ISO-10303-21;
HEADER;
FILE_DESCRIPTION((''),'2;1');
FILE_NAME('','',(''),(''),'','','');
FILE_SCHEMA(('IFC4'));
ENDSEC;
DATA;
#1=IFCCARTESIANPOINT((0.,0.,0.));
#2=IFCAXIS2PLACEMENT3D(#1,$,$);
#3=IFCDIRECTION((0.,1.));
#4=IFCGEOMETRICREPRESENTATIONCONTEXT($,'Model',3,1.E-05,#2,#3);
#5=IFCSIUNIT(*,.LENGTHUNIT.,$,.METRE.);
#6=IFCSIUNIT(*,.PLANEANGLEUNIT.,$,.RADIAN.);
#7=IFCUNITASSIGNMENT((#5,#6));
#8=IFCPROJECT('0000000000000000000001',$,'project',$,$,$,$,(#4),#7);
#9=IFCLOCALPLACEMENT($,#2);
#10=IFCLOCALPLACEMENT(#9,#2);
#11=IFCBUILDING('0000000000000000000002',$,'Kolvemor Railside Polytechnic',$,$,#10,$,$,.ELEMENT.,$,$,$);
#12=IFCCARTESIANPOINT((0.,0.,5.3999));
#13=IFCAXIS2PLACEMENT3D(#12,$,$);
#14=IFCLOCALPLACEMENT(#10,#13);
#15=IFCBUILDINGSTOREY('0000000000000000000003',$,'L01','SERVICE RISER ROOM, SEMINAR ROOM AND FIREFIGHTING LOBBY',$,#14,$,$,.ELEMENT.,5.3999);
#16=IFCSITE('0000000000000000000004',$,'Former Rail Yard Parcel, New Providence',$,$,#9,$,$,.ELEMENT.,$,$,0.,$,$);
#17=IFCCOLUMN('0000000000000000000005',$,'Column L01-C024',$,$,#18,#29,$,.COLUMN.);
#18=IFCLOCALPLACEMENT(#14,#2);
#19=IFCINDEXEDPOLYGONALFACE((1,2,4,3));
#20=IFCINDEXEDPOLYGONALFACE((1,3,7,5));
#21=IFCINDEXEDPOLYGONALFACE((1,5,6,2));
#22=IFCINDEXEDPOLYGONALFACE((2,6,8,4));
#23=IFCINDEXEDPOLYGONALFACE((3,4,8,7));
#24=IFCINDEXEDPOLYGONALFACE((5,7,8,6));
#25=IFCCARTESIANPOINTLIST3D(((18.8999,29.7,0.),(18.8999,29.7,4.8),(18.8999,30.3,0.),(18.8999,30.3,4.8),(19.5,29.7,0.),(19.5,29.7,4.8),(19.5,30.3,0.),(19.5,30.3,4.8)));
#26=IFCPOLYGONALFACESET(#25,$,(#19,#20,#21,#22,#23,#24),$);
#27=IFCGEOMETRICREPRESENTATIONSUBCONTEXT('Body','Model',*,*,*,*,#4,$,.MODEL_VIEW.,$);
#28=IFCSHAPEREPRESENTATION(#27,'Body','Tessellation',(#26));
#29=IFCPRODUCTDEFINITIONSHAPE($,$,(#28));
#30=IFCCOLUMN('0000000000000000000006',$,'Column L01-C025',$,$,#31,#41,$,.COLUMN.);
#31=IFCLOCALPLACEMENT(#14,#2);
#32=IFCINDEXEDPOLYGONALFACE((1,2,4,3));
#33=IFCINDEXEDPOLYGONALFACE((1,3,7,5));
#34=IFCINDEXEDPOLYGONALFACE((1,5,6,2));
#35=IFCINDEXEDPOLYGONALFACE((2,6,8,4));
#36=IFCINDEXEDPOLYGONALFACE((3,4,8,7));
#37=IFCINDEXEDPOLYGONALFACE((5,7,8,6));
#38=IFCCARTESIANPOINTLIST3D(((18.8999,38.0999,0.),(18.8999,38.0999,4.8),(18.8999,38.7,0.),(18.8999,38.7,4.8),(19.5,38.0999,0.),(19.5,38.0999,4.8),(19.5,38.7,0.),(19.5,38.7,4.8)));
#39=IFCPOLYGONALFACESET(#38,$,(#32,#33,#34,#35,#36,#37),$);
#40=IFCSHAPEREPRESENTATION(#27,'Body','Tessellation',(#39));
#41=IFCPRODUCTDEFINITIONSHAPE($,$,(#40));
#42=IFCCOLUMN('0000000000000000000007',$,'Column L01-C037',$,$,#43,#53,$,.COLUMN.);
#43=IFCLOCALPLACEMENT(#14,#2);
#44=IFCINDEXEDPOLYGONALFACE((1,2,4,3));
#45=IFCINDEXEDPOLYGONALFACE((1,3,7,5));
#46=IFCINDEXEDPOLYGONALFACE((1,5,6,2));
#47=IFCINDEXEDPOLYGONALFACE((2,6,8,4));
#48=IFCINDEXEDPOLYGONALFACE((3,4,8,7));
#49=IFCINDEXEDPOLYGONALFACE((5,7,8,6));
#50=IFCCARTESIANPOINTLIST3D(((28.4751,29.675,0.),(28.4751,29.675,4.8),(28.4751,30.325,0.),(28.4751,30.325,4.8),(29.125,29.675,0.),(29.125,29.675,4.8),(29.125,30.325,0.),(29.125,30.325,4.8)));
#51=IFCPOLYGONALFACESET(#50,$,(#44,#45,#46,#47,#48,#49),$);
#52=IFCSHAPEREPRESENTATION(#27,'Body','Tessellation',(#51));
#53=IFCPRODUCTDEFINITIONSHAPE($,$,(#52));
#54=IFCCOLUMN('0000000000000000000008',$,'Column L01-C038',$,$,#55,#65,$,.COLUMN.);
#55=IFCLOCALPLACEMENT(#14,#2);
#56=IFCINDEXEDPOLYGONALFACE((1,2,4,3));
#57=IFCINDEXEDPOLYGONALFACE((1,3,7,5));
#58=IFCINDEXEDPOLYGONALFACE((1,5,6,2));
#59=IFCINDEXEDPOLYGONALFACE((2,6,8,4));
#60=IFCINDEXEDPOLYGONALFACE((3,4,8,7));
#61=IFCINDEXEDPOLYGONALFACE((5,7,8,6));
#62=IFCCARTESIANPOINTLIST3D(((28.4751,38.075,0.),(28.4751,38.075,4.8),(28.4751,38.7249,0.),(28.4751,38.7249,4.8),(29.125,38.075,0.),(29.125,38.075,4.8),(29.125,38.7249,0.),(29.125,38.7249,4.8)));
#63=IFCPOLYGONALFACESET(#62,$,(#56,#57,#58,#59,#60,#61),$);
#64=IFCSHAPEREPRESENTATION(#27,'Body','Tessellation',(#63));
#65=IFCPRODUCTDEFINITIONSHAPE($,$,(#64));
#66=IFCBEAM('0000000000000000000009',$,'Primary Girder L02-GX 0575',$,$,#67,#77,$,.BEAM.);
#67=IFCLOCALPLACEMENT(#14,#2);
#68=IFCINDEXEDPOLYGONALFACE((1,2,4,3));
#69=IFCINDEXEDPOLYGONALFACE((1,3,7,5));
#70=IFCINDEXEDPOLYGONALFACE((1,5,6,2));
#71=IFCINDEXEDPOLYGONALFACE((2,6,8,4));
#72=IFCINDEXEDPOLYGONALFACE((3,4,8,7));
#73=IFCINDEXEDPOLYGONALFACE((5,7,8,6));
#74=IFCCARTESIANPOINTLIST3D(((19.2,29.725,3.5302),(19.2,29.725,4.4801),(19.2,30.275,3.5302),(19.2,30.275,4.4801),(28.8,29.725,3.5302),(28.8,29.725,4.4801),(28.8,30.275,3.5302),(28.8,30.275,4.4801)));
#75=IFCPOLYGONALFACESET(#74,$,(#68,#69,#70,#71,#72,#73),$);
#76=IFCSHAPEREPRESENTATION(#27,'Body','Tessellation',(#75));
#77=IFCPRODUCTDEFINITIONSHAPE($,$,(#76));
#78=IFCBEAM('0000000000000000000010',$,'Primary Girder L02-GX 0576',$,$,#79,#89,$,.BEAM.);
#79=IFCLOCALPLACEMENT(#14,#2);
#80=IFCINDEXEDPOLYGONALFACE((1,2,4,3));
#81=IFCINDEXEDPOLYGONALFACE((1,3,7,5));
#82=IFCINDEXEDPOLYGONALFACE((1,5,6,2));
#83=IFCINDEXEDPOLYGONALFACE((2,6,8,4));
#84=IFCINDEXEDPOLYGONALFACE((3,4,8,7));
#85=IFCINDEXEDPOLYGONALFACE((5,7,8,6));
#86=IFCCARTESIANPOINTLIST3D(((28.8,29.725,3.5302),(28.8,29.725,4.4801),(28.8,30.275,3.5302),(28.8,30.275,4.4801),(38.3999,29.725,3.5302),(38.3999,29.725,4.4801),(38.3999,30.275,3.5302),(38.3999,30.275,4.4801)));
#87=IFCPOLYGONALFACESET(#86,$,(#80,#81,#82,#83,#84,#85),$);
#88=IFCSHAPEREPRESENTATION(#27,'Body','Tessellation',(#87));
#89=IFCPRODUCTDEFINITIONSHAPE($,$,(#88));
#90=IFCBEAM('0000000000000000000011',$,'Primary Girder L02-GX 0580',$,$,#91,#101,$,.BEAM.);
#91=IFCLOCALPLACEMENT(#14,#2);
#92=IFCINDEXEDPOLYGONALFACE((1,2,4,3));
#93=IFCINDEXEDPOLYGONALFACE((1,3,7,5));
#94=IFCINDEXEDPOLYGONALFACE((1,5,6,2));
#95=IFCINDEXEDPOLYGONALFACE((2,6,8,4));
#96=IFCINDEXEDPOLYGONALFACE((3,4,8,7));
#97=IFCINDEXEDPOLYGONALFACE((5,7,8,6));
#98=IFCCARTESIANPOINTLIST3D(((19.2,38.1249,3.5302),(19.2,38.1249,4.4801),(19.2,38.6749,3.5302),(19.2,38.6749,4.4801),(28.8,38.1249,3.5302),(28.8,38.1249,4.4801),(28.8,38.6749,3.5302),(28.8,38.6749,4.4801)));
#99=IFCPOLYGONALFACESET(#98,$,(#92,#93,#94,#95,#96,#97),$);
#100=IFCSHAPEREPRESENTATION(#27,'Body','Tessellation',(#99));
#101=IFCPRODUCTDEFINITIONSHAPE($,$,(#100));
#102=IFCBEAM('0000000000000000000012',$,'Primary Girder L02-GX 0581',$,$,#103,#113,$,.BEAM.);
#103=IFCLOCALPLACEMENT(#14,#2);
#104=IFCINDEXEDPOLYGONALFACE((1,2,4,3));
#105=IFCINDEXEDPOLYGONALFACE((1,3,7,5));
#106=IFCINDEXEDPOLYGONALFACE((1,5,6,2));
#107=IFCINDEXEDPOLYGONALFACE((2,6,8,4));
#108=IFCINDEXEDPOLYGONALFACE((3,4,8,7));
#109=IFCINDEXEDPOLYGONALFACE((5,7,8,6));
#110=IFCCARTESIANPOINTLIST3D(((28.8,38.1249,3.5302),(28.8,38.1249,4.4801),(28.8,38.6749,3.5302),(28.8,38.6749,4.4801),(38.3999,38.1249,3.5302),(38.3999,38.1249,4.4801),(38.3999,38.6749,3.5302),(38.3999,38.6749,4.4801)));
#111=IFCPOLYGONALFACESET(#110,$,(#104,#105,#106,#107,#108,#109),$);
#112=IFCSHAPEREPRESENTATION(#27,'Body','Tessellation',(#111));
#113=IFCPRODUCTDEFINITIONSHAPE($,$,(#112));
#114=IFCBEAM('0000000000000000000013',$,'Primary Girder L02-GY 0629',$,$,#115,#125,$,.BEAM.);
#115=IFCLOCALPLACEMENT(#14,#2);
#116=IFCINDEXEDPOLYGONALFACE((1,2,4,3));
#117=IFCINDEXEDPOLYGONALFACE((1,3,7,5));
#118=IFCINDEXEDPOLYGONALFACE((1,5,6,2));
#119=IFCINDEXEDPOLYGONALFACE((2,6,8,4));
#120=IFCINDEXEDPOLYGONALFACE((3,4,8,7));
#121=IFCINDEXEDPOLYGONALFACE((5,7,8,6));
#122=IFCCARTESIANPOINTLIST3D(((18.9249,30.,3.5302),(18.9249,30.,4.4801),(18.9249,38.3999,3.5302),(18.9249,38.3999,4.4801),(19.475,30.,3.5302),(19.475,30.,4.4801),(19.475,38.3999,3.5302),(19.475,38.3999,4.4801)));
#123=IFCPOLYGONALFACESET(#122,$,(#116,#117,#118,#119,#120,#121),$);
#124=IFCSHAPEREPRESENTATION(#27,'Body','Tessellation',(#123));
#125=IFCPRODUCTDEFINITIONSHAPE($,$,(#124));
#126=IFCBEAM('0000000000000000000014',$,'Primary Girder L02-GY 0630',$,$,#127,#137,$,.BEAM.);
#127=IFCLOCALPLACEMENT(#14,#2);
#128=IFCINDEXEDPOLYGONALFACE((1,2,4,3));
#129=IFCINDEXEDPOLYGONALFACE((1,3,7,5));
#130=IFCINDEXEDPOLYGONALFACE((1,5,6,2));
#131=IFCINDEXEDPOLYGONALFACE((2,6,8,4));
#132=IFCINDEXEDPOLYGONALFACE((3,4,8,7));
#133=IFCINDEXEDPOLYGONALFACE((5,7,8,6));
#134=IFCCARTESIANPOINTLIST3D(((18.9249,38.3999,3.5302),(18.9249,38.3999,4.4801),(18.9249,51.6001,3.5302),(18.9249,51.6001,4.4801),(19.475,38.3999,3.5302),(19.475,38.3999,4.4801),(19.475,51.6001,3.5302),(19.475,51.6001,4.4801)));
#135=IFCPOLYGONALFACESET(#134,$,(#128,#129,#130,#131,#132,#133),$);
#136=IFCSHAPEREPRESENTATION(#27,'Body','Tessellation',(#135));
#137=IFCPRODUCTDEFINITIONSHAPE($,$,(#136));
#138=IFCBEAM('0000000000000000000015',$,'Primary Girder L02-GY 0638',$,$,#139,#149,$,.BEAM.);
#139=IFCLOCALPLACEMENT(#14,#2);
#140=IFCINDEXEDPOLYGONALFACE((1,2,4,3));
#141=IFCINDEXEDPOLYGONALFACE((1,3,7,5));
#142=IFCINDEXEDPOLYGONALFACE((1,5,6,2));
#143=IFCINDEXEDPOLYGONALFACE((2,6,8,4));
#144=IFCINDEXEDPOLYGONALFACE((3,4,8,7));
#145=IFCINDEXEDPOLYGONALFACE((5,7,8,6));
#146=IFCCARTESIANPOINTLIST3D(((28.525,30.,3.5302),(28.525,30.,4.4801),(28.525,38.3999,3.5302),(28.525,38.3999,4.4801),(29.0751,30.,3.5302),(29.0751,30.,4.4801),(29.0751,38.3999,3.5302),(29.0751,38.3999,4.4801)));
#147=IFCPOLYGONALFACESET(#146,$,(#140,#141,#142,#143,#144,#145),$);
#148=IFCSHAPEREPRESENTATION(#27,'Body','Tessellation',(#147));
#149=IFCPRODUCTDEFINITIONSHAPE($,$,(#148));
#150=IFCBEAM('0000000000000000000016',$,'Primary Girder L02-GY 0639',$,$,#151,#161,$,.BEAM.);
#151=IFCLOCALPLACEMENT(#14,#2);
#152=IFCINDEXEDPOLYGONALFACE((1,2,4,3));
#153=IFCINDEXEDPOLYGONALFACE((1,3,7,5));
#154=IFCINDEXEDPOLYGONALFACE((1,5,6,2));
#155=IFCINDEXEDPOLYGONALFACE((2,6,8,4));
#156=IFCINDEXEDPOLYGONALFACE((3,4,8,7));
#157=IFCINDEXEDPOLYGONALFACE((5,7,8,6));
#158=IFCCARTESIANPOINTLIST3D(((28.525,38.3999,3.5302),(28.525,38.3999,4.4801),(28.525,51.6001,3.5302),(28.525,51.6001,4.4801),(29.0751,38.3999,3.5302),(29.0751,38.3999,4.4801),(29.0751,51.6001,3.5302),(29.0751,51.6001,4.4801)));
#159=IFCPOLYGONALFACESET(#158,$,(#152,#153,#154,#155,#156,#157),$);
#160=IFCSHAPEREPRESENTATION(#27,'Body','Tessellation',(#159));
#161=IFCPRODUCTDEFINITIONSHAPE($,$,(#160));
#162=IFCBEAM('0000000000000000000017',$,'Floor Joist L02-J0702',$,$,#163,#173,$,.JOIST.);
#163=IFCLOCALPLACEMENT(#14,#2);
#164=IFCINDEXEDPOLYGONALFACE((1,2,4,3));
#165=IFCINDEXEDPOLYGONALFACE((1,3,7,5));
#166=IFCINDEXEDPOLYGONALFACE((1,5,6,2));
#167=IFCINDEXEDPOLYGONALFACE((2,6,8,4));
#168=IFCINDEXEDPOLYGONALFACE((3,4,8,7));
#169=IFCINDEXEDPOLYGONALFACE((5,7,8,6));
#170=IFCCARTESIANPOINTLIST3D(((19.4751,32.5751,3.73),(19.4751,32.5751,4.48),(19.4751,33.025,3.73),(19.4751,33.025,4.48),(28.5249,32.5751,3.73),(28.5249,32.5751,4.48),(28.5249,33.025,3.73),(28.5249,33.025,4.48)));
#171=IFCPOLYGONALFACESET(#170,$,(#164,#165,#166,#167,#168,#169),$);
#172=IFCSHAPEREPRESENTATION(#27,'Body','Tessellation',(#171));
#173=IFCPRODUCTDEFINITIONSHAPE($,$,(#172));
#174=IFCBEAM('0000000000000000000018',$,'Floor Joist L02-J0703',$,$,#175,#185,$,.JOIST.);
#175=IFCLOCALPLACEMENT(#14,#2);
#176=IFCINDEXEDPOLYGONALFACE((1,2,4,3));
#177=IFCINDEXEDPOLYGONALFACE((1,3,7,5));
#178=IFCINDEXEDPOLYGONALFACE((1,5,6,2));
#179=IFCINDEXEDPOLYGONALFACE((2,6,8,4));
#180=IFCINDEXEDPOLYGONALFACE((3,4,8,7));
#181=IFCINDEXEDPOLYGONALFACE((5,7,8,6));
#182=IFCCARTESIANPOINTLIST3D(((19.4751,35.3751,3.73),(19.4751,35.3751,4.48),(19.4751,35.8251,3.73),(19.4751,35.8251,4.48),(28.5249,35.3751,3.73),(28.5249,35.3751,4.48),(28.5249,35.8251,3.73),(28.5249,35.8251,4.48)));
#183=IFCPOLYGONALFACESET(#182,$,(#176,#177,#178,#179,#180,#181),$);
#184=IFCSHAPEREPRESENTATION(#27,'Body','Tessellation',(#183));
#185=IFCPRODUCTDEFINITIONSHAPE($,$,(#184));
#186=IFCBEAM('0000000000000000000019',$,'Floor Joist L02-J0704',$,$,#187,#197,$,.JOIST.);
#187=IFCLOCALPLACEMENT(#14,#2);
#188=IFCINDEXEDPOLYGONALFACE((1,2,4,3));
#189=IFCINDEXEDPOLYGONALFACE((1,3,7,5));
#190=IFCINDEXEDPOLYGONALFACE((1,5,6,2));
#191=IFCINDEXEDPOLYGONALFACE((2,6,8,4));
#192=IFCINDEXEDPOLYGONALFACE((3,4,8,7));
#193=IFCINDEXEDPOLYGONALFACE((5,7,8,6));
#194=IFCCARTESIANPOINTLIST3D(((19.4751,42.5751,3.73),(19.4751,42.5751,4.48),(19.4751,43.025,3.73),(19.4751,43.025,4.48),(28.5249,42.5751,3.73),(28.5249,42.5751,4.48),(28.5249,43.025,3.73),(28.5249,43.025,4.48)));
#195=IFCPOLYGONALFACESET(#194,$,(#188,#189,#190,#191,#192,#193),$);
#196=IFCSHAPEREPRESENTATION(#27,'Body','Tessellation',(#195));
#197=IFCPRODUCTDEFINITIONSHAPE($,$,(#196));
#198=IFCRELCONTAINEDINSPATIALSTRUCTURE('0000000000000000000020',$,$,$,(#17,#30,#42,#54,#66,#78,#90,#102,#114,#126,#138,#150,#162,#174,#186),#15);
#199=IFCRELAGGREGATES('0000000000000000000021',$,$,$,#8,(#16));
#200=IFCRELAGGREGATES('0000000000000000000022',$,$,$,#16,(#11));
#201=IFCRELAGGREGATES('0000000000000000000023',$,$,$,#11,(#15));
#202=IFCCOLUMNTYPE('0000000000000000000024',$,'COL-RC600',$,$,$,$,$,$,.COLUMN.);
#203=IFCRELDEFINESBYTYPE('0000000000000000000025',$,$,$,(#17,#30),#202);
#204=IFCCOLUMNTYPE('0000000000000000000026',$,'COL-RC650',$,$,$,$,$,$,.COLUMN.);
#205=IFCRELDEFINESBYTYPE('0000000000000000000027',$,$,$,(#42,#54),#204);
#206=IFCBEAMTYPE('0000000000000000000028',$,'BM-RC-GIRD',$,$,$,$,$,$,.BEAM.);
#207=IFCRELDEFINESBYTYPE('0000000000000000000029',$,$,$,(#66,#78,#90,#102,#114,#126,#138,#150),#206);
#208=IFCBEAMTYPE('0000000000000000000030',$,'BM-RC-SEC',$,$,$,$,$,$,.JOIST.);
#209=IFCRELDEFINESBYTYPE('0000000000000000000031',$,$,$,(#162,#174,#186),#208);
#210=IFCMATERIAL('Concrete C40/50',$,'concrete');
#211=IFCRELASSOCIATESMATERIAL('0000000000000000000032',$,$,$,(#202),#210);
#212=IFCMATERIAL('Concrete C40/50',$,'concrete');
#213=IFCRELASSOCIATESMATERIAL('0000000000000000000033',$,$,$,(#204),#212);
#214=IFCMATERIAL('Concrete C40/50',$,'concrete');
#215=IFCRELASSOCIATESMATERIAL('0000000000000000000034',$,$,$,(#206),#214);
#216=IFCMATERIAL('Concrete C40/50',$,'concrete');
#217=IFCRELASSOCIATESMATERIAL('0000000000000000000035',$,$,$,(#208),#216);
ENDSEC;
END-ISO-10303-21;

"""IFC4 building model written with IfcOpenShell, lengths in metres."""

from ifc_helpers import new_model, si_unit, direction, frame, origin, origin_2d, place, context, subcontext, project, spatial, rectangle, extrude, material, material_profile, profile_set, type_object, element, save


model = new_model("IFC4")

# Units and contexts
model_context = context("Model", 3, precision=1e-05, world=origin(), true_north=direction((0.0, 1.0)))
body_context = subcontext(model_context, "Body", "Model", "MODEL_VIEW")
ifc_project = project(units=[si_unit("LENGTHUNIT", "METRE"), si_unit("PLANEANGLEUNIT", "RADIAN")], contexts=[model_context])

# Site, building, storey
site_placement = place(None, origin())
site = spatial("IfcSite", under=ifc_project, at=site_placement, Name="Former Rail Yard Parcel, New Providence", CompositionType="ELEMENT", RefElevation=0.0)
building_placement = place(site_placement, origin())
building = spatial("IfcBuilding", under=site, at=building_placement, Name="Kolvemor Railside Polytechnic", CompositionType="ELEMENT")
storey_placement = place(building_placement, frame((0.0, 0.0, 5.3999)))
storey = spatial("IfcBuildingStorey", under=building, at=storey_placement, Name="L01", Description="SERVICE RISER ROOM, SEMINAR ROOM AND FIREFIGHTING LOBBY", CompositionType="ELEMENT", Elevation=5.3999)

# Columns
ifc_material_1 = material(Name="Concrete C40/50", Category="concrete")
ifc_material_profile_1 = material_profile(ifc_material_1, rectangle(XDim=0.6001, YDim=0.6001, at=origin_2d()), Name="RC600x600")
ifc_profile_set_1 = profile_set([ifc_material_profile_1], Name="Concrete C40/50")
column_type_1 = type_object("IfcColumnType", Name="COL-RC600", PredefinedType="COLUMN", material=ifc_profile_set_1)
for number, where, z_axis, x_axis, name in (
    (1, (19.2, 30.0, 0.0), (0.0, 0.0, 1.0), (1.0, 0.0, 0.0), "Column L01-C024"),
    (2, (19.2, 38.3999, 0.0), (0.0, 0.0, 1.0), (1.0, 0.0, 0.0), "Column L01-C025"),
):
    element("IfcColumn", number, at=place(storey_placement, frame(where, z_axis=z_axis, x_axis=x_axis)), inside=storey, type_object=column_type_1, Name=name, PredefinedType="COLUMN", context=body_context, shape_type="SweptSolid", body=[
        extrude(rectangle(XDim=0.6001, YDim=0.6001, at=origin_2d()), origin(), (0.0, 0.0, 1.0), 4.8),
    ])
ifc_material_2 = material(Name="Concrete C40/50", Category="concrete")
ifc_material_profile_2 = material_profile(ifc_material_2, rectangle(XDim=0.6499, YDim=0.6499, at=origin_2d()), Name="RC650x650")
ifc_profile_set_2 = profile_set([ifc_material_profile_2], Name="Concrete C40/50")
column_type_2 = type_object("IfcColumnType", Name="COL-RC650", PredefinedType="COLUMN", material=ifc_profile_set_2)
for number, where, z_axis, x_axis, name in (
    (3, (28.8, 30.0, 0.0), (0.0, 0.0, 1.0), (1.0, 0.0, 0.0), "Column L01-C037"),
    (4, (28.8, 38.3999, 0.0), (0.0, 0.0, 1.0), (1.0, 0.0, 0.0), "Column L01-C038"),
):
    element("IfcColumn", number, at=place(storey_placement, frame(where, z_axis=z_axis, x_axis=x_axis)), inside=storey, type_object=column_type_2, Name=name, PredefinedType="COLUMN", context=body_context, shape_type="SweptSolid", body=[
        extrude(rectangle(XDim=0.6499, YDim=0.6499, at=origin_2d()), origin(), (0.0, 0.0, 1.0), 4.8),
    ])

# Beams
ifc_material_3 = material(Name="Concrete C40/50", Category="concrete")
ifc_material_profile_3 = material_profile(ifc_material_3, rectangle(XDim=0.55, YDim=0.95, at=origin_2d()), Name="RC550x950")
ifc_profile_set_3 = profile_set([ifc_material_profile_3], Name="Concrete C40/50")
beam_type_1 = type_object("IfcBeamType", Name="BM-RC-GIRD", PredefinedType="BEAM", material=ifc_profile_set_3)
beam_1_placement = place(storey_placement, frame((19.2, 30.0, 4.0051), z_axis=(1.0, 0.0, 0.0), x_axis=(0.0, 1.0, 0.0)))
element("IfcBeam", 5, at=beam_1_placement, inside=storey, type_object=beam_type_1, Name="Primary Girder L02-GX 0575", PredefinedType="BEAM", context=body_context, shape_type="SweptSolid", body=[
    extrude(rectangle(XDim=0.55, YDim=0.95, at=origin_2d()), origin(), (0.0, 0.0, 1.0), 9.6001),
])
beam_2_placement = place(storey_placement, frame((28.8, 30.0, 4.0051), z_axis=(1.0, 0.0, 0.0), x_axis=(0.0, 1.0, 0.0)))
element("IfcBeam", 6, at=beam_2_placement, inside=storey, type_object=beam_type_1, Name="Primary Girder L02-GX 0576", PredefinedType="BEAM", context=body_context, shape_type="SweptSolid", body=[
    extrude(rectangle(XDim=0.55, YDim=0.95, at=origin_2d()), origin(), (0.0, 0.0, 1.0), 9.5999),
])
beam_3_placement = place(storey_placement, frame((19.2, 38.3999, 4.0051), z_axis=(1.0, 0.0, 0.0), x_axis=(0.0, 1.0, 0.0)))
element("IfcBeam", 7, at=beam_3_placement, inside=storey, type_object=beam_type_1, Name="Primary Girder L02-GX 0580", PredefinedType="BEAM", context=body_context, shape_type="SweptSolid", body=[
    extrude(rectangle(XDim=0.55, YDim=0.95, at=origin_2d()), origin(), (0.0, 0.0, 1.0), 9.6001),
])
beam_4_placement = place(storey_placement, frame((28.8, 38.3999, 4.0051), z_axis=(1.0, 0.0, 0.0), x_axis=(0.0, 1.0, 0.0)))
element("IfcBeam", 8, at=beam_4_placement, inside=storey, type_object=beam_type_1, Name="Primary Girder L02-GX 0581", PredefinedType="BEAM", context=body_context, shape_type="SweptSolid", body=[
    extrude(rectangle(XDim=0.55, YDim=0.95, at=origin_2d()), origin(), (0.0, 0.0, 1.0), 9.5999),
])
beam_5_placement = place(storey_placement, frame((19.2, 30.0, 4.0051), z_axis=(0.0, 1.0, 0.0), x_axis=(-1.0, 0.0, 0.0)))
element("IfcBeam", 9, at=beam_5_placement, inside=storey, type_object=beam_type_1, Name="Primary Girder L02-GY 0629", PredefinedType="BEAM", context=body_context, shape_type="SweptSolid", body=[
    extrude(rectangle(XDim=0.55, YDim=0.95, at=origin_2d()), origin(), (0.0, 0.0, 1.0), 8.3999),
])
beam_6_placement = place(storey_placement, frame((19.2, 38.3999, 4.0051), z_axis=(0.0, 1.0, 0.0), x_axis=(-1.0, 0.0, 0.0)))
element("IfcBeam", 10, at=beam_6_placement, inside=storey, type_object=beam_type_1, Name="Primary Girder L02-GY 0630", PredefinedType="BEAM", context=body_context, shape_type="SweptSolid", body=[
    extrude(rectangle(XDim=0.55, YDim=0.95, at=origin_2d()), origin(), (0.0, 0.0, 1.0), 13.2002),
])
beam_7_placement = place(storey_placement, frame((28.8, 30.0, 4.0051), z_axis=(0.0, 1.0, 0.0), x_axis=(-1.0, 0.0, 0.0)))
element("IfcBeam", 11, at=beam_7_placement, inside=storey, type_object=beam_type_1, Name="Primary Girder L02-GY 0638", PredefinedType="BEAM", context=body_context, shape_type="SweptSolid", body=[
    extrude(rectangle(XDim=0.55, YDim=0.95, at=origin_2d()), origin(), (0.0, 0.0, 1.0), 8.3999),
])
beam_8_placement = place(storey_placement, frame((28.8, 38.3999, 4.0051), z_axis=(0.0, 1.0, 0.0), x_axis=(-1.0, 0.0, 0.0)))
element("IfcBeam", 12, at=beam_8_placement, inside=storey, type_object=beam_type_1, Name="Primary Girder L02-GY 0639", PredefinedType="BEAM", context=body_context, shape_type="SweptSolid", body=[
    extrude(rectangle(XDim=0.55, YDim=0.95, at=origin_2d()), origin(), (0.0, 0.0, 1.0), 13.2002),
])
ifc_material_4 = material(Name="Concrete C40/50", Category="concrete")
ifc_material_profile_4 = material_profile(ifc_material_4, rectangle(XDim=0.45, YDim=0.75, at=origin_2d()), Name="RC450x750")
ifc_profile_set_4 = profile_set([ifc_material_profile_4], Name="Concrete C40/50")
beam_type_2 = type_object("IfcBeamType", Name="BM-RC-SEC", PredefinedType="JOIST", material=ifc_profile_set_4)
for number, where, z_axis, x_axis, name in (
    (13, (19.4751, 32.8, 4.105), (1.0, 0.0, 0.0), (0.0, 1.0, 0.0), "Floor Joist L02-J0702"),
    (14, (19.4751, 35.6001, 4.105), (1.0, 0.0, 0.0), (0.0, 1.0, 0.0), "Floor Joist L02-J0703"),
    (15, (19.4751, 42.8, 4.105), (1.0, 0.0, 0.0), (0.0, 1.0, 0.0), "Floor Joist L02-J0704"),
):
    element("IfcBeam", number, at=place(storey_placement, frame(where, z_axis=z_axis, x_axis=x_axis)), inside=storey, type_object=beam_type_2, Name=name, PredefinedType="JOIST", context=body_context, shape_type="SweptSolid", body=[
        extrude(rectangle(XDim=0.45, YDim=0.75, at=origin_2d()), origin(), (0.0, 0.0, 1.0), 9.0498),
    ])

save(model, "model.ifc")
